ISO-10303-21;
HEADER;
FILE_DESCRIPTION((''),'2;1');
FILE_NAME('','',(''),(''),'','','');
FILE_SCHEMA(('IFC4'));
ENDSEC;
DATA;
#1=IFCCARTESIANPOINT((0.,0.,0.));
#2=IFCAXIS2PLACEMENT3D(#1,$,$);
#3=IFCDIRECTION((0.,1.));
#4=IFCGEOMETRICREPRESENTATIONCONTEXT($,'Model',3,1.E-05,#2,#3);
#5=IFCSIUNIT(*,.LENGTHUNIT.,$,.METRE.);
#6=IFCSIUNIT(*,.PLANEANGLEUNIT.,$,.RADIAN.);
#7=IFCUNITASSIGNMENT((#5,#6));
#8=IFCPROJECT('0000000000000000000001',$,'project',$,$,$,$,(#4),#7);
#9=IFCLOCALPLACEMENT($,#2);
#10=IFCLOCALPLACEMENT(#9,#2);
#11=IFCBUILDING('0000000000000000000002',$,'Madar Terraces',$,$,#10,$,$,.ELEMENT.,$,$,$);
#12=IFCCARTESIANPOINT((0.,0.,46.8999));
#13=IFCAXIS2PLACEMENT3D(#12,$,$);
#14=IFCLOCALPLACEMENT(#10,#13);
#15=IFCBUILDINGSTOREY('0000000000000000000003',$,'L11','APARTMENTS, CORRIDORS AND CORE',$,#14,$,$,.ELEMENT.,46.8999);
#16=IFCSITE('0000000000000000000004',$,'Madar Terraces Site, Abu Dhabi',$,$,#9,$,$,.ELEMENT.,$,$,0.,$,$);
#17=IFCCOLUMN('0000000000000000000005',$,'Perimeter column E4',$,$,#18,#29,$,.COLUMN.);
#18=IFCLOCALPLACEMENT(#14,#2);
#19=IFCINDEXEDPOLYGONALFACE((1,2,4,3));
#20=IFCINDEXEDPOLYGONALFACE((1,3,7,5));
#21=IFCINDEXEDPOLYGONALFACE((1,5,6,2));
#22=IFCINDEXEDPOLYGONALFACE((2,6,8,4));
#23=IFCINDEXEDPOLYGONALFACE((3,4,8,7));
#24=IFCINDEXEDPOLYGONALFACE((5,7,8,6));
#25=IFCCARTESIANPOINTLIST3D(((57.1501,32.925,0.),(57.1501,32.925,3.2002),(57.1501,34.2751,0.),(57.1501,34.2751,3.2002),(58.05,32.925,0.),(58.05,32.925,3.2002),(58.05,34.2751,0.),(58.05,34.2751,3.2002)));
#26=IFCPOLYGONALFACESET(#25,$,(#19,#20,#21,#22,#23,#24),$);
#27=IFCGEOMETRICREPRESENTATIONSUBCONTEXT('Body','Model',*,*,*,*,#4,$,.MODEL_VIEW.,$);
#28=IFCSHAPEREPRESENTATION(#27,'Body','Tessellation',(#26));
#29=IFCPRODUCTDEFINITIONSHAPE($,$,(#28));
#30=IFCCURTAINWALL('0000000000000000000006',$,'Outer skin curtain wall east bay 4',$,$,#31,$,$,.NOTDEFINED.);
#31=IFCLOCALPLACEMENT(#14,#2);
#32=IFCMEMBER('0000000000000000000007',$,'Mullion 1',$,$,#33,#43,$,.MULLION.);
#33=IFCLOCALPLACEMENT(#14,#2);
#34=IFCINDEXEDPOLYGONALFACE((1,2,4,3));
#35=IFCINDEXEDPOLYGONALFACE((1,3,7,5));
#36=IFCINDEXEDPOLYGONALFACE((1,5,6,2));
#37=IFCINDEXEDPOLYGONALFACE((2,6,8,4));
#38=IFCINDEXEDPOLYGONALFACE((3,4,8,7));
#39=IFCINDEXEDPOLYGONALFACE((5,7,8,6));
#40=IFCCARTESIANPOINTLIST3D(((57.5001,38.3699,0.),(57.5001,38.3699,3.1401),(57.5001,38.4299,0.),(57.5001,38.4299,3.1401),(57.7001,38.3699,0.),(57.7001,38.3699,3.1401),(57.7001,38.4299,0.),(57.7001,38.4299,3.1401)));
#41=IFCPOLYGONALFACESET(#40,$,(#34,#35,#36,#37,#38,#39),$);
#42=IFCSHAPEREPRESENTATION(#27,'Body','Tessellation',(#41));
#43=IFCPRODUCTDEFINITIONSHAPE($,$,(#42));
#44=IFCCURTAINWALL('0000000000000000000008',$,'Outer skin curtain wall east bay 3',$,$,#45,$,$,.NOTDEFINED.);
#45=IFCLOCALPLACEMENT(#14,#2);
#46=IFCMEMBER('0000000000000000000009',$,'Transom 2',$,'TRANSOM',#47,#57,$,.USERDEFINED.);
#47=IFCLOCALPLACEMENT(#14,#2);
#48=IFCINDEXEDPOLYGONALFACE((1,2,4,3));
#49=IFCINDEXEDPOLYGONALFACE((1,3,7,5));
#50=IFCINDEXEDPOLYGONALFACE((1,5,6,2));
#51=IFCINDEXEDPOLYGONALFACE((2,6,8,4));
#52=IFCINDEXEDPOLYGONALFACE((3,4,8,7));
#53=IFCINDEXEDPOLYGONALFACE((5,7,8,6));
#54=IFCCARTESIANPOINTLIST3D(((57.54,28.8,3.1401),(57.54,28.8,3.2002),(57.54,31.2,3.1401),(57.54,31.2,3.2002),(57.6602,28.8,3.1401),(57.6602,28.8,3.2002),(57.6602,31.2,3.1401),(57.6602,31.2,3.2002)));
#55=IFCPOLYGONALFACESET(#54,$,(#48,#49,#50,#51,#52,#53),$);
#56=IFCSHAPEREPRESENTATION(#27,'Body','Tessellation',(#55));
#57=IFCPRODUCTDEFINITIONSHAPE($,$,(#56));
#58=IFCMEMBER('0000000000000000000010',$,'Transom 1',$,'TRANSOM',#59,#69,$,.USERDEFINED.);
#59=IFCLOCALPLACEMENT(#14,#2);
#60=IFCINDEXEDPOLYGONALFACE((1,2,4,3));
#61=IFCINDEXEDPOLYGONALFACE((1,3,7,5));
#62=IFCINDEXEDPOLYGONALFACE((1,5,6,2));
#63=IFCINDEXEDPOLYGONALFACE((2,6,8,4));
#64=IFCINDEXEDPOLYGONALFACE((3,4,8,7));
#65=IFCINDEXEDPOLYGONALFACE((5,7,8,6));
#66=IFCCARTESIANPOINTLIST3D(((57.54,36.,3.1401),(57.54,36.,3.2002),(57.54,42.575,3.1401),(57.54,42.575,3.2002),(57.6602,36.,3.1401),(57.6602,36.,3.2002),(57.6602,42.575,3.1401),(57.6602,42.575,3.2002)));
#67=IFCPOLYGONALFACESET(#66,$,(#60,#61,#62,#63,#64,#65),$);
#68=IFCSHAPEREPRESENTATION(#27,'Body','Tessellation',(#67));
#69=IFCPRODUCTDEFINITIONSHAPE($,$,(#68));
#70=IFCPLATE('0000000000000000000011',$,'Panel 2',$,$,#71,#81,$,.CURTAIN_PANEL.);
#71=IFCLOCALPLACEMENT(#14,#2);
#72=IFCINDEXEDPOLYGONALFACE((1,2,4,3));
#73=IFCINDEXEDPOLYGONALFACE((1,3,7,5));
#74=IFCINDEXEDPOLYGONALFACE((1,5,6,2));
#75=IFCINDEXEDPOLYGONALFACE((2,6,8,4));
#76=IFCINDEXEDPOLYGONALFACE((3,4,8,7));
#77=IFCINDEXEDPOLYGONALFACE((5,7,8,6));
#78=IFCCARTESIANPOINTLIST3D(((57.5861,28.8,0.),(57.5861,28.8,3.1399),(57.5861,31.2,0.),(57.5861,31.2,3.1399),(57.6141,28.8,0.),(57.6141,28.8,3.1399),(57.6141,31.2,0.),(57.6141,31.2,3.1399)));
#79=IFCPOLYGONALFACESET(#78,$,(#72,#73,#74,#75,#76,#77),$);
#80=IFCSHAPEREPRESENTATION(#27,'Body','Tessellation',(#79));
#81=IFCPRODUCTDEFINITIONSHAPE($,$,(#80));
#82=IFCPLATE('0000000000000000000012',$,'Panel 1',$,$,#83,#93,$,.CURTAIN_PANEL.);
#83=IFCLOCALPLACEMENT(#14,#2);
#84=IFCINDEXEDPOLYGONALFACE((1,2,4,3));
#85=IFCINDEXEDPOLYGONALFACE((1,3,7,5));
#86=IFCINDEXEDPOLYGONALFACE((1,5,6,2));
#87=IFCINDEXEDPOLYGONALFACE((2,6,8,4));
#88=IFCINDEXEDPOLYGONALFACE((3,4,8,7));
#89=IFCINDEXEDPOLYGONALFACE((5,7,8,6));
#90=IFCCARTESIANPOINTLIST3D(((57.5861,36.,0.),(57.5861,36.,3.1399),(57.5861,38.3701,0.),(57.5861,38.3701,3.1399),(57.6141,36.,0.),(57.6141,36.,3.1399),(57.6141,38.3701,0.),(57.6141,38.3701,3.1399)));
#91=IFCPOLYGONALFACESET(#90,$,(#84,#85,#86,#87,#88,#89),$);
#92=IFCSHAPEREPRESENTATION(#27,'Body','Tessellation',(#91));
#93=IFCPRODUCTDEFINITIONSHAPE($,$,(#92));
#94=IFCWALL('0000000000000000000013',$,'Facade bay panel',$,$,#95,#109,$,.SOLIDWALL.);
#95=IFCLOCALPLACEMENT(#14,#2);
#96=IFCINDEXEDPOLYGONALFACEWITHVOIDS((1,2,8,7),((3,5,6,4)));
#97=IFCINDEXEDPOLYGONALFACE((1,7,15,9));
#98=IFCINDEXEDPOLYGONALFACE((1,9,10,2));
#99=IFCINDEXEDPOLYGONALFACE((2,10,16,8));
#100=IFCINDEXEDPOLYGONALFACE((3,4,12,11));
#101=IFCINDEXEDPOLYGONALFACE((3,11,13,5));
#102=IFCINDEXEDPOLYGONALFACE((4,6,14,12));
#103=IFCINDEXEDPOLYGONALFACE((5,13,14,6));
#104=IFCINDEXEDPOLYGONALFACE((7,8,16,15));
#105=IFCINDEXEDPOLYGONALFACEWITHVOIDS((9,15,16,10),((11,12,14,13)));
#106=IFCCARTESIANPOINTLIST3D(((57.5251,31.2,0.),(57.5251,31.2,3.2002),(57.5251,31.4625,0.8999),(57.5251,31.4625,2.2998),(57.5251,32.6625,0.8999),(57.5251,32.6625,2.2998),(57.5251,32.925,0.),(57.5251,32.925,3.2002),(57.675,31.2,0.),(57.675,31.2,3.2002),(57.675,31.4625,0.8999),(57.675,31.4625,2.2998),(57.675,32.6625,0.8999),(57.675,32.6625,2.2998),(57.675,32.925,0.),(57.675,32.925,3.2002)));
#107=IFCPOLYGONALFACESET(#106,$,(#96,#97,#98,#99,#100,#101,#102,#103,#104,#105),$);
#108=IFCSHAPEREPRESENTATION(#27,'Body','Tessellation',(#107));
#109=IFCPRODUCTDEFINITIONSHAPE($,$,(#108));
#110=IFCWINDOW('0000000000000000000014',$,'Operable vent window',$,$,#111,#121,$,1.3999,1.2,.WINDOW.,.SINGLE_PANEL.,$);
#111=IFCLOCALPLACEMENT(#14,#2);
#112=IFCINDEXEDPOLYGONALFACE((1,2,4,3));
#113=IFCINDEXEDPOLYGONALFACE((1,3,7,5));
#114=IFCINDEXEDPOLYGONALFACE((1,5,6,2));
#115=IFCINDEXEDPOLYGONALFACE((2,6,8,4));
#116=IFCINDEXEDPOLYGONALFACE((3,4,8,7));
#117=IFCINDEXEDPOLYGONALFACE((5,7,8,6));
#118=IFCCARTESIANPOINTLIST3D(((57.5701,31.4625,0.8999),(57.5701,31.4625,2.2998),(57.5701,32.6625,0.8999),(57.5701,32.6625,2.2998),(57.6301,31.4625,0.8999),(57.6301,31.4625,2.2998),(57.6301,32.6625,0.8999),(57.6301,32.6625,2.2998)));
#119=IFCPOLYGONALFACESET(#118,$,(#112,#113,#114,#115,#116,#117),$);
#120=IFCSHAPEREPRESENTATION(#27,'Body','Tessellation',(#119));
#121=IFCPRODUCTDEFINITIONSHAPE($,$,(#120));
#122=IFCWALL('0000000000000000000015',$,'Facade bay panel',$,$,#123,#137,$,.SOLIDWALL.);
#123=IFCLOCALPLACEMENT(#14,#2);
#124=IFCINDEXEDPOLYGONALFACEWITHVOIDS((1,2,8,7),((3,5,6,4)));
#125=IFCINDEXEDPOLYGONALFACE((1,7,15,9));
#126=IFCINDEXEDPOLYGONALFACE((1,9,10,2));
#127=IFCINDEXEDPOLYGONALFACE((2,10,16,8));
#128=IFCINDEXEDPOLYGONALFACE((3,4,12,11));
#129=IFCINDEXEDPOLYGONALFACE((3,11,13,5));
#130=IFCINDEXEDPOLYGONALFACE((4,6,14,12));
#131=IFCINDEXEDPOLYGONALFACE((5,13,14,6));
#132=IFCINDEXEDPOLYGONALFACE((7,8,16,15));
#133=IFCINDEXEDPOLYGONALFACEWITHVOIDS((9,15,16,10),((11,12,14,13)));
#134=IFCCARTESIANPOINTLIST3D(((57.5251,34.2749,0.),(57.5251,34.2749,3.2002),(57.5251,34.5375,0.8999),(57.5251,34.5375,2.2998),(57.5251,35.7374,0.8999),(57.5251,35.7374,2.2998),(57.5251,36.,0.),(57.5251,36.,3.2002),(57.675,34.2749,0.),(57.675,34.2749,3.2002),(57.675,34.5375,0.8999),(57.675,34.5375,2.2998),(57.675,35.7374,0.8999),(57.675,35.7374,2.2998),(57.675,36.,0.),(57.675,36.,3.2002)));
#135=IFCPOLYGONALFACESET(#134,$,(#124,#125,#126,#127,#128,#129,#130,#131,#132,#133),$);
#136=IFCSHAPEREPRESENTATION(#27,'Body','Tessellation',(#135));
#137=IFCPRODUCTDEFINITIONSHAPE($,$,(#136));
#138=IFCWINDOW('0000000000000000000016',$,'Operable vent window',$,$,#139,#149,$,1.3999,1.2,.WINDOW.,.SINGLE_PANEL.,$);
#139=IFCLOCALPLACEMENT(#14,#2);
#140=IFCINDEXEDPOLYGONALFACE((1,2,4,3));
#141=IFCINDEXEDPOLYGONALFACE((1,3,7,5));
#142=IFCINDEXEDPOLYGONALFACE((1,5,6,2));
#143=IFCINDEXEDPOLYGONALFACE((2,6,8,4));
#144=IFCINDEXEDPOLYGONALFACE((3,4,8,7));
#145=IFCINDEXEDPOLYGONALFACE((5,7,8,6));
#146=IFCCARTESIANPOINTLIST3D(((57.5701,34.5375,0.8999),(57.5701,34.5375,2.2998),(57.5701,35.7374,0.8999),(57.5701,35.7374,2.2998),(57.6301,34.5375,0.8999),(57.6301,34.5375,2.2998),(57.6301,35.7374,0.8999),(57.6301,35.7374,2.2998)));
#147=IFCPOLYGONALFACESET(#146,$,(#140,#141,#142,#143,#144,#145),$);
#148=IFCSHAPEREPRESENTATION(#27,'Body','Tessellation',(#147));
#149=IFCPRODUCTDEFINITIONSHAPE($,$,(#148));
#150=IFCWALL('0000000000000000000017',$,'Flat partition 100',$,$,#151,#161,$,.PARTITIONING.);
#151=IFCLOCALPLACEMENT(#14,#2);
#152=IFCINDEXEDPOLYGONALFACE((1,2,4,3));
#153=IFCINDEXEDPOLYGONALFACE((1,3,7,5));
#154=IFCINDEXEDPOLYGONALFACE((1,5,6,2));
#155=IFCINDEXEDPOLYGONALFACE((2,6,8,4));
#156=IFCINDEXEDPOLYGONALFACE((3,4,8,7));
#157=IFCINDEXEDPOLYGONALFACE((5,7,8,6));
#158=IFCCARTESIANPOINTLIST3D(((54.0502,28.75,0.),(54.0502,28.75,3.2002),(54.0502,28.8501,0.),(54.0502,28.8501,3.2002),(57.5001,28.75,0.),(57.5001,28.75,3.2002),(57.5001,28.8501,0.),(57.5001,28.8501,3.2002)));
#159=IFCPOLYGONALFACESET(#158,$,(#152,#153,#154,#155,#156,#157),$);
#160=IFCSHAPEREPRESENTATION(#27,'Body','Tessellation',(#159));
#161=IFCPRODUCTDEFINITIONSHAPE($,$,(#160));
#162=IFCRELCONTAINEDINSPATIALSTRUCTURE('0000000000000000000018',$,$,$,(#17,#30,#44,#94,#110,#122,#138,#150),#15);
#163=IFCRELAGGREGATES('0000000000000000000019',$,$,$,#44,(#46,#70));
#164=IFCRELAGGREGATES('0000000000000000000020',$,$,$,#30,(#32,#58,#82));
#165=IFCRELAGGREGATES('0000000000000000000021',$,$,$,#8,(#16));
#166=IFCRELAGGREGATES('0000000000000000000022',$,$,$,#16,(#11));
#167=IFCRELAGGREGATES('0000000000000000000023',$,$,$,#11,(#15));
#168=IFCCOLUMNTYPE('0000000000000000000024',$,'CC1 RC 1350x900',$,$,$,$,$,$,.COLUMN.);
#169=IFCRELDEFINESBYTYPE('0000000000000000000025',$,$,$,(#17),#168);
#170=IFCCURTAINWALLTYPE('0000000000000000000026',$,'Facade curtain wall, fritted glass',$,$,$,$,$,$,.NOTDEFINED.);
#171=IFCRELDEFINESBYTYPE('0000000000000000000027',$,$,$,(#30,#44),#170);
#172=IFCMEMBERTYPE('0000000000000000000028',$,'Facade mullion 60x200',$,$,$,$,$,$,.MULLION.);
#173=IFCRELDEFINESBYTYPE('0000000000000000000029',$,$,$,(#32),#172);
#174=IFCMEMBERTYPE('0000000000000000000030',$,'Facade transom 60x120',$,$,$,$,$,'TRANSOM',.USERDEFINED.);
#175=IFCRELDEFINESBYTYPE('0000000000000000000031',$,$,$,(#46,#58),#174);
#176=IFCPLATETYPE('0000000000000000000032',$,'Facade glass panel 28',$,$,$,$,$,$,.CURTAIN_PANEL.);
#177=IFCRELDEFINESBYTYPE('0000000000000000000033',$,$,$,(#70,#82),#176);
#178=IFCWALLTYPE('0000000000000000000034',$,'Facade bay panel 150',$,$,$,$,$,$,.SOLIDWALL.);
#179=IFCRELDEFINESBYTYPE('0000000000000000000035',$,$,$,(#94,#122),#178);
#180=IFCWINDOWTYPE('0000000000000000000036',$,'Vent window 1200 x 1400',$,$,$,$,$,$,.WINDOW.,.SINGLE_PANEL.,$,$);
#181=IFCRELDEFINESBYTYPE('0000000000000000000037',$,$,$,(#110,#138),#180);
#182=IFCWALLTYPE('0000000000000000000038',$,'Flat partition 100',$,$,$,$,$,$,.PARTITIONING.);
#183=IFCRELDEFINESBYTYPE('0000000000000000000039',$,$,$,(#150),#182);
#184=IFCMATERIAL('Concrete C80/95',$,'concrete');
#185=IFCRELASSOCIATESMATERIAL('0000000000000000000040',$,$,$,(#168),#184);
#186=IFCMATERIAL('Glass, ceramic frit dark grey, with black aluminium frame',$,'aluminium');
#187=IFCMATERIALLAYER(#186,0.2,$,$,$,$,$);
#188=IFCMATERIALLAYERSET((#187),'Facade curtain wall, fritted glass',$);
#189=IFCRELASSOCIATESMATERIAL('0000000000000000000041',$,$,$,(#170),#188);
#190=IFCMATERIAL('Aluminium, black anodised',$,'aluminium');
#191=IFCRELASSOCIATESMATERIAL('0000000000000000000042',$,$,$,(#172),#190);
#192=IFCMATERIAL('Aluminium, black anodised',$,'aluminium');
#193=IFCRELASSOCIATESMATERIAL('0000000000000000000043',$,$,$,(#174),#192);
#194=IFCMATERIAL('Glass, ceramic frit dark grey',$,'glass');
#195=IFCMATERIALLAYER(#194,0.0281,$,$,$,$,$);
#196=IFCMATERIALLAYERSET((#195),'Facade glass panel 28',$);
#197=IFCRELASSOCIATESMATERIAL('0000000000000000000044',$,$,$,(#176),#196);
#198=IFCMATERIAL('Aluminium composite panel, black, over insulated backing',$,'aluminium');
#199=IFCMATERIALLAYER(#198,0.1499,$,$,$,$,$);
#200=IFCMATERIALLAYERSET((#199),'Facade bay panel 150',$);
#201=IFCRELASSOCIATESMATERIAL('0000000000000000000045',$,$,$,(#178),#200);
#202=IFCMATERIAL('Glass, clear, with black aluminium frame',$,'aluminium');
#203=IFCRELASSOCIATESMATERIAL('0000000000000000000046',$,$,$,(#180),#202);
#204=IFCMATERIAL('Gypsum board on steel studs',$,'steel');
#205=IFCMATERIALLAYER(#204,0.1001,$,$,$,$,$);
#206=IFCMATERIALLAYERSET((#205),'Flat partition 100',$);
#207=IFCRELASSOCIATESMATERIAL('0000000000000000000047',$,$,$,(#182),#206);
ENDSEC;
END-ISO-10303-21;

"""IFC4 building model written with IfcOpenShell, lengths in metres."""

from ifc_helpers import new_model, si_unit, direction, frame, frame_2d, origin, origin_2d, place, context, subcontext, project, spatial, rectangle, extrude, material, layer, layer_set, material_profile, profile_set, type_object, element, fill, aggregate, save


model = new_model("IFC4")

# Units and contexts
model_context = context("Model", 3, precision=1e-05, world=origin(), true_north=direction((0.0, 1.0)))
body_context = subcontext(model_context, "Body", "Model", "MODEL_VIEW")
ifc_project = project(units=[si_unit("LENGTHUNIT", "METRE"), si_unit("PLANEANGLEUNIT", "RADIAN")], contexts=[model_context])

# Site, building, storey
site_placement = place(None, origin())
site = spatial("IfcSite", under=ifc_project, at=site_placement, Name="Madar Terraces Site, Abu Dhabi", CompositionType="ELEMENT", RefElevation=0.0)
building_placement = place(site_placement, origin())
building = spatial("IfcBuilding", under=site, at=building_placement, Name="Madar Terraces", CompositionType="ELEMENT")
storey_placement = place(building_placement, frame((0.0, 0.0, 46.8999)))
storey = spatial("IfcBuildingStorey", under=building, at=storey_placement, Name="L11", Description="APARTMENTS, CORRIDORS AND CORE", CompositionType="ELEMENT", Elevation=46.8999)

# Column
ifc_material_1 = material(Name="Concrete C80/95", Category="concrete")
ifc_material_profile_1 = material_profile(ifc_material_1, rectangle(XDim=1.3501, YDim=0.8999, at=origin_2d()), Name="CC1 RC 1350x900")
ifc_profile_set_1 = profile_set([ifc_material_profile_1], Name="Concrete C80/95")
column_type = type_object("IfcColumnType", Name="CC1 RC 1350x900", PredefinedType="COLUMN", material=ifc_profile_set_1)
column_placement = place(storey_placement, frame((57.6001, 33.6001, 0.0), z_axis=(0.0, 0.0, 1.0), x_axis=(0.0, 1.0, 0.0)))
element("IfcColumn", 1, at=column_placement, inside=storey, type_object=column_type, Name="Perimeter column E4", PredefinedType="COLUMN", context=body_context, shape_type="SweptSolid", body=[
    extrude(rectangle(XDim=1.3501, YDim=0.8999, at=origin_2d()), origin(), (0.0, 0.0, 1.0), 3.2002),
])

# Curtain walls, members
ifc_material_2 = material(Name="Glass, ceramic frit dark grey, with black aluminium frame", Category="aluminium")
ifc_layer_1 = layer(ifc_material_2, 0.2)
ifc_layer_set_1 = layer_set([ifc_layer_1], Name="Facade curtain wall, fritted glass")
curtain_wall_type = type_object("IfcCurtainWallType", Name="Facade curtain wall, fritted glass", PredefinedType="NOTDEFINED", material=ifc_layer_set_1)
curtain_wall_1_placement = place(storey_placement, origin())
curtain_wall_1 = element("IfcCurtainWall", 2, at=curtain_wall_1_placement, inside=storey, type_object=curtain_wall_type, Name="Outer skin curtain wall east bay 4", PredefinedType="NOTDEFINED")
ifc_material_3 = material(Name="Aluminium, black anodised", Category="aluminium")
ifc_material_profile_2 = material_profile(ifc_material_3, rectangle(XDim=0.2, YDim=0.0601, at=origin_2d()), Name="Facade mullion 60x200")
ifc_profile_set_2 = profile_set([ifc_material_profile_2], Name="Aluminium, black anodised")
member_type_1 = type_object("IfcMemberType", Name="Facade mullion 60x200", PredefinedType="MULLION", material=ifc_profile_set_2)
member_1_placement = place(storey_placement, frame((57.6001, 38.3999, 0.0), z_axis=(0.0, 0.0, 1.0), x_axis=(-1.0, 0.0, 0.0)))
member_1 = element("IfcMember", 3, at=member_1_placement, type_object=member_type_1, Name="Mullion 1", PredefinedType="MULLION", context=body_context, shape_type="SweptSolid", body=[
    extrude(rectangle(XDim=0.2, YDim=0.0601, at=origin_2d()), origin(), (0.0, 0.0, 1.0), 3.1401),
])
curtain_wall_2_placement = place(storey_placement, origin())
curtain_wall_2 = element("IfcCurtainWall", 4, at=curtain_wall_2_placement, inside=storey, type_object=curtain_wall_type, Name="Outer skin curtain wall east bay 3", PredefinedType="NOTDEFINED")
ifc_material_4 = material(Name="Aluminium, black anodised", Category="aluminium")
ifc_material_profile_3 = material_profile(ifc_material_4, rectangle(XDim=0.1201, YDim=0.0601, at=origin_2d()), Name="Facade transom 60x120")
ifc_profile_set_3 = profile_set([ifc_material_profile_3], Name="Aluminium, black anodised")
member_type_2 = type_object("IfcMemberType", Name="Facade transom 60x120", ElementType="TRANSOM", PredefinedType="USERDEFINED", material=ifc_profile_set_3)
member_2_placement = place(storey_placement, frame((57.6001, 28.8, 3.1702), z_axis=(0.0, 1.0, 0.0), x_axis=(-1.0, 0.0, 0.0)))
member_2 = element("IfcMember", 5, at=member_2_placement, type_object=member_type_2, Name="Transom 2", ObjectType="TRANSOM", PredefinedType="USERDEFINED", context=body_context, shape_type="SweptSolid", body=[
    extrude(rectangle(XDim=0.1201, YDim=0.0601, at=origin_2d()), origin(), (0.0, 0.0, 1.0), 2.3999),
])

# Member
member_3_placement = place(storey_placement, frame((57.6001, 36.0, 3.1702), z_axis=(0.0, 1.0, 0.0), x_axis=(-1.0, 0.0, 0.0)))
member_3 = element("IfcMember", 6, at=member_3_placement, type_object=member_type_2, Name="Transom 1", ObjectType="TRANSOM", PredefinedType="USERDEFINED", context=body_context, shape_type="SweptSolid", body=[
    extrude(rectangle(XDim=0.1201, YDim=0.0601, at=origin_2d()), origin(), (0.0, 0.0, 1.0), 6.575),
])

# Plates
ifc_material_5 = material(Name="Glass, ceramic frit dark grey", Category="glass")
ifc_layer_2 = layer(ifc_material_5, 0.0281)
ifc_layer_set_2 = layer_set([ifc_layer_2], Name="Facade glass panel 28")
plate_type = type_object("IfcPlateType", Name="Facade glass panel 28", PredefinedType="CURTAIN_PANEL", material=ifc_layer_set_2)
plate_1_placement = place(storey_placement, frame((57.6001, 30.0, 0.0), z_axis=(0.0, 0.0, 1.0), x_axis=(0.0, 1.0, 0.0)))
plate_1 = element("IfcPlate", 7, at=plate_1_placement, type_object=plate_type, Name="Panel 2", PredefinedType="CURTAIN_PANEL", context=body_context, shape_type="SweptSolid", body=[
    extrude(rectangle(XDim=2.3999, YDim=0.0281, at=origin_2d()), origin(), (0.0, 0.0, 1.0), 3.1399),
])
aggregate(curtain_wall_2, [member_2, plate_1])
plate_2_placement = place(storey_placement, frame((57.6001, 37.1851, 0.0), z_axis=(0.0, 0.0, 1.0), x_axis=(0.0, 1.0, 0.0)))
plate_2 = element("IfcPlate", 8, at=plate_2_placement, type_object=plate_type, Name="Panel 1", PredefinedType="CURTAIN_PANEL", context=body_context, shape_type="SweptSolid", body=[
    extrude(rectangle(XDim=2.3701, YDim=0.0281, at=origin_2d()), origin(), (0.0, 0.0, 1.0), 3.1399),
])
aggregate(curtain_wall_1, [member_1, member_3, plate_2])

# Shared definitions
ifc_material_6 = material(Name="Aluminium composite panel, black, over insulated backing", Category="aluminium")
ifc_layer_3 = layer(ifc_material_6, 0.1499)
ifc_layer_set_3 = layer_set([ifc_layer_3], Name="Facade bay panel 150")
wall_type_1 = type_object("IfcWallType", Name="Facade bay panel 150", PredefinedType="SOLIDWALL", material=ifc_layer_set_3)

# Walls, openings, windows
wall_1_placement = place(storey_placement, frame((57.6001, 31.2, 0.0), z_axis=(0.0, 0.0, 1.0), x_axis=(0.0, 1.0, 0.0)))
wall_1 = element("IfcWall", 9, at=wall_1_placement, inside=storey, type_object=wall_type_1, Name="Facade bay panel", PredefinedType="SOLIDWALL", context=body_context, shape_type="SweptSolid", body=[
    extrude(rectangle(XDim=1.7251, YDim=0.1499, at=frame_2d((0.8625, 0.0))), origin(), (0.0, 0.0, 1.0), 3.2002),
])
opening_1_placement = place(wall_1_placement, frame((0.2625, 0.0, 0.8999)))
opening_1 = element("IfcOpeningElement", 10, at=opening_1_placement, cuts=wall_1, PredefinedType="OPENING", context=body_context, shape_type="SweptSolid", body=[
    extrude(rectangle(XDim=1.2, YDim=1.3999, at=frame_2d((0.6001, 0.7))), frame((0.0, 0.085, 0.0), z_axis=(0.0, -1.0, 0.0), x_axis=(1.0, 0.0, 0.0)), (0.0, 0.0, 1.0), 0.1699),
])
ifc_material_7 = material(Name="Glass, clear, with black aluminium frame", Category="aluminium")
window_type = type_object("IfcWindowType", Name="Vent window 1200 x 1400", PartitioningType="SINGLE_PANEL", PredefinedType="WINDOW", material=ifc_material_7)
window_1_placement = place(opening_1_placement, origin())
window_1 = element("IfcWindow", 11, at=window_1_placement, inside=storey, type_object=window_type, Name="Operable vent window", OverallHeight=1.3999, OverallWidth=1.2, PartitioningType="SINGLE_PANEL", PredefinedType="WINDOW", context=body_context, shape_type="SweptSolid", body=[
    extrude(rectangle(XDim=1.2, YDim=1.3999, at=frame_2d((0.6001, 0.7))), frame((0.0, 0.03, 0.0), z_axis=(0.0, -1.0, 0.0), x_axis=(1.0, 0.0, 0.0)), (0.0, 0.0, 1.0), 0.0601),
])
fill(opening_1, window_1)
wall_2_placement = place(storey_placement, frame((57.6001, 34.2749, 0.0), z_axis=(0.0, 0.0, 1.0), x_axis=(0.0, 1.0, 0.0)))
wall_2 = element("IfcWall", 12, at=wall_2_placement, inside=storey, type_object=wall_type_1, Name="Facade bay panel", PredefinedType="SOLIDWALL", context=body_context, shape_type="SweptSolid", body=[
    extrude(rectangle(XDim=1.7251, YDim=0.1499, at=frame_2d((0.8625, 0.0))), origin(), (0.0, 0.0, 1.0), 3.2002),
])
opening_2_placement = place(wall_2_placement, frame((0.2625, 0.0, 0.8999)))
opening_2 = element("IfcOpeningElement", 13, at=opening_2_placement, cuts=wall_2, PredefinedType="OPENING", context=body_context, shape_type="SweptSolid", body=[
    extrude(rectangle(XDim=1.2, YDim=1.3999, at=frame_2d((0.6001, 0.7))), frame((0.0, 0.085, 0.0), z_axis=(0.0, -1.0, 0.0), x_axis=(1.0, 0.0, 0.0)), (0.0, 0.0, 1.0), 0.1699),
])
window_2_placement = place(opening_2_placement, origin())
window_2 = element("IfcWindow", 14, at=window_2_placement, inside=storey, type_object=window_type, Name="Operable vent window", OverallHeight=1.3999, OverallWidth=1.2, PartitioningType="SINGLE_PANEL", PredefinedType="WINDOW", context=body_context, shape_type="SweptSolid", body=[
    extrude(rectangle(XDim=1.2, YDim=1.3999, at=frame_2d((0.6001, 0.7))), frame((0.0, 0.03, 0.0), z_axis=(0.0, -1.0, 0.0), x_axis=(1.0, 0.0, 0.0)), (0.0, 0.0, 1.0), 0.0601),
])
fill(opening_2, window_2)

# Wall
ifc_material_8 = material(Name="Gypsum board on steel studs", Category="steel")
ifc_layer_4 = layer(ifc_material_8, 0.1001)
ifc_layer_set_4 = layer_set([ifc_layer_4], Name="Flat partition 100")
wall_type_2 = type_object("IfcWallType", Name="Flat partition 100", PredefinedType="PARTITIONING", material=ifc_layer_set_4)
wall_3_placement = place(storey_placement, frame((54.05, 28.8, 0.0), z_axis=(0.0, 0.0, 1.0), x_axis=(1.0, 0.0, 0.0)))
element("IfcWall", 15, at=wall_3_placement, inside=storey, type_object=wall_type_2, Name="Flat partition 100", PredefinedType="PARTITIONING", context=body_context, shape_type="SweptSolid", body=[
    extrude(rectangle(XDim=3.45, YDim=0.1001, at=frame_2d((1.7251, 0.0))), origin(), (0.0, 0.0, 1.0), 3.2002),
])

save(model, "model.ifc")
